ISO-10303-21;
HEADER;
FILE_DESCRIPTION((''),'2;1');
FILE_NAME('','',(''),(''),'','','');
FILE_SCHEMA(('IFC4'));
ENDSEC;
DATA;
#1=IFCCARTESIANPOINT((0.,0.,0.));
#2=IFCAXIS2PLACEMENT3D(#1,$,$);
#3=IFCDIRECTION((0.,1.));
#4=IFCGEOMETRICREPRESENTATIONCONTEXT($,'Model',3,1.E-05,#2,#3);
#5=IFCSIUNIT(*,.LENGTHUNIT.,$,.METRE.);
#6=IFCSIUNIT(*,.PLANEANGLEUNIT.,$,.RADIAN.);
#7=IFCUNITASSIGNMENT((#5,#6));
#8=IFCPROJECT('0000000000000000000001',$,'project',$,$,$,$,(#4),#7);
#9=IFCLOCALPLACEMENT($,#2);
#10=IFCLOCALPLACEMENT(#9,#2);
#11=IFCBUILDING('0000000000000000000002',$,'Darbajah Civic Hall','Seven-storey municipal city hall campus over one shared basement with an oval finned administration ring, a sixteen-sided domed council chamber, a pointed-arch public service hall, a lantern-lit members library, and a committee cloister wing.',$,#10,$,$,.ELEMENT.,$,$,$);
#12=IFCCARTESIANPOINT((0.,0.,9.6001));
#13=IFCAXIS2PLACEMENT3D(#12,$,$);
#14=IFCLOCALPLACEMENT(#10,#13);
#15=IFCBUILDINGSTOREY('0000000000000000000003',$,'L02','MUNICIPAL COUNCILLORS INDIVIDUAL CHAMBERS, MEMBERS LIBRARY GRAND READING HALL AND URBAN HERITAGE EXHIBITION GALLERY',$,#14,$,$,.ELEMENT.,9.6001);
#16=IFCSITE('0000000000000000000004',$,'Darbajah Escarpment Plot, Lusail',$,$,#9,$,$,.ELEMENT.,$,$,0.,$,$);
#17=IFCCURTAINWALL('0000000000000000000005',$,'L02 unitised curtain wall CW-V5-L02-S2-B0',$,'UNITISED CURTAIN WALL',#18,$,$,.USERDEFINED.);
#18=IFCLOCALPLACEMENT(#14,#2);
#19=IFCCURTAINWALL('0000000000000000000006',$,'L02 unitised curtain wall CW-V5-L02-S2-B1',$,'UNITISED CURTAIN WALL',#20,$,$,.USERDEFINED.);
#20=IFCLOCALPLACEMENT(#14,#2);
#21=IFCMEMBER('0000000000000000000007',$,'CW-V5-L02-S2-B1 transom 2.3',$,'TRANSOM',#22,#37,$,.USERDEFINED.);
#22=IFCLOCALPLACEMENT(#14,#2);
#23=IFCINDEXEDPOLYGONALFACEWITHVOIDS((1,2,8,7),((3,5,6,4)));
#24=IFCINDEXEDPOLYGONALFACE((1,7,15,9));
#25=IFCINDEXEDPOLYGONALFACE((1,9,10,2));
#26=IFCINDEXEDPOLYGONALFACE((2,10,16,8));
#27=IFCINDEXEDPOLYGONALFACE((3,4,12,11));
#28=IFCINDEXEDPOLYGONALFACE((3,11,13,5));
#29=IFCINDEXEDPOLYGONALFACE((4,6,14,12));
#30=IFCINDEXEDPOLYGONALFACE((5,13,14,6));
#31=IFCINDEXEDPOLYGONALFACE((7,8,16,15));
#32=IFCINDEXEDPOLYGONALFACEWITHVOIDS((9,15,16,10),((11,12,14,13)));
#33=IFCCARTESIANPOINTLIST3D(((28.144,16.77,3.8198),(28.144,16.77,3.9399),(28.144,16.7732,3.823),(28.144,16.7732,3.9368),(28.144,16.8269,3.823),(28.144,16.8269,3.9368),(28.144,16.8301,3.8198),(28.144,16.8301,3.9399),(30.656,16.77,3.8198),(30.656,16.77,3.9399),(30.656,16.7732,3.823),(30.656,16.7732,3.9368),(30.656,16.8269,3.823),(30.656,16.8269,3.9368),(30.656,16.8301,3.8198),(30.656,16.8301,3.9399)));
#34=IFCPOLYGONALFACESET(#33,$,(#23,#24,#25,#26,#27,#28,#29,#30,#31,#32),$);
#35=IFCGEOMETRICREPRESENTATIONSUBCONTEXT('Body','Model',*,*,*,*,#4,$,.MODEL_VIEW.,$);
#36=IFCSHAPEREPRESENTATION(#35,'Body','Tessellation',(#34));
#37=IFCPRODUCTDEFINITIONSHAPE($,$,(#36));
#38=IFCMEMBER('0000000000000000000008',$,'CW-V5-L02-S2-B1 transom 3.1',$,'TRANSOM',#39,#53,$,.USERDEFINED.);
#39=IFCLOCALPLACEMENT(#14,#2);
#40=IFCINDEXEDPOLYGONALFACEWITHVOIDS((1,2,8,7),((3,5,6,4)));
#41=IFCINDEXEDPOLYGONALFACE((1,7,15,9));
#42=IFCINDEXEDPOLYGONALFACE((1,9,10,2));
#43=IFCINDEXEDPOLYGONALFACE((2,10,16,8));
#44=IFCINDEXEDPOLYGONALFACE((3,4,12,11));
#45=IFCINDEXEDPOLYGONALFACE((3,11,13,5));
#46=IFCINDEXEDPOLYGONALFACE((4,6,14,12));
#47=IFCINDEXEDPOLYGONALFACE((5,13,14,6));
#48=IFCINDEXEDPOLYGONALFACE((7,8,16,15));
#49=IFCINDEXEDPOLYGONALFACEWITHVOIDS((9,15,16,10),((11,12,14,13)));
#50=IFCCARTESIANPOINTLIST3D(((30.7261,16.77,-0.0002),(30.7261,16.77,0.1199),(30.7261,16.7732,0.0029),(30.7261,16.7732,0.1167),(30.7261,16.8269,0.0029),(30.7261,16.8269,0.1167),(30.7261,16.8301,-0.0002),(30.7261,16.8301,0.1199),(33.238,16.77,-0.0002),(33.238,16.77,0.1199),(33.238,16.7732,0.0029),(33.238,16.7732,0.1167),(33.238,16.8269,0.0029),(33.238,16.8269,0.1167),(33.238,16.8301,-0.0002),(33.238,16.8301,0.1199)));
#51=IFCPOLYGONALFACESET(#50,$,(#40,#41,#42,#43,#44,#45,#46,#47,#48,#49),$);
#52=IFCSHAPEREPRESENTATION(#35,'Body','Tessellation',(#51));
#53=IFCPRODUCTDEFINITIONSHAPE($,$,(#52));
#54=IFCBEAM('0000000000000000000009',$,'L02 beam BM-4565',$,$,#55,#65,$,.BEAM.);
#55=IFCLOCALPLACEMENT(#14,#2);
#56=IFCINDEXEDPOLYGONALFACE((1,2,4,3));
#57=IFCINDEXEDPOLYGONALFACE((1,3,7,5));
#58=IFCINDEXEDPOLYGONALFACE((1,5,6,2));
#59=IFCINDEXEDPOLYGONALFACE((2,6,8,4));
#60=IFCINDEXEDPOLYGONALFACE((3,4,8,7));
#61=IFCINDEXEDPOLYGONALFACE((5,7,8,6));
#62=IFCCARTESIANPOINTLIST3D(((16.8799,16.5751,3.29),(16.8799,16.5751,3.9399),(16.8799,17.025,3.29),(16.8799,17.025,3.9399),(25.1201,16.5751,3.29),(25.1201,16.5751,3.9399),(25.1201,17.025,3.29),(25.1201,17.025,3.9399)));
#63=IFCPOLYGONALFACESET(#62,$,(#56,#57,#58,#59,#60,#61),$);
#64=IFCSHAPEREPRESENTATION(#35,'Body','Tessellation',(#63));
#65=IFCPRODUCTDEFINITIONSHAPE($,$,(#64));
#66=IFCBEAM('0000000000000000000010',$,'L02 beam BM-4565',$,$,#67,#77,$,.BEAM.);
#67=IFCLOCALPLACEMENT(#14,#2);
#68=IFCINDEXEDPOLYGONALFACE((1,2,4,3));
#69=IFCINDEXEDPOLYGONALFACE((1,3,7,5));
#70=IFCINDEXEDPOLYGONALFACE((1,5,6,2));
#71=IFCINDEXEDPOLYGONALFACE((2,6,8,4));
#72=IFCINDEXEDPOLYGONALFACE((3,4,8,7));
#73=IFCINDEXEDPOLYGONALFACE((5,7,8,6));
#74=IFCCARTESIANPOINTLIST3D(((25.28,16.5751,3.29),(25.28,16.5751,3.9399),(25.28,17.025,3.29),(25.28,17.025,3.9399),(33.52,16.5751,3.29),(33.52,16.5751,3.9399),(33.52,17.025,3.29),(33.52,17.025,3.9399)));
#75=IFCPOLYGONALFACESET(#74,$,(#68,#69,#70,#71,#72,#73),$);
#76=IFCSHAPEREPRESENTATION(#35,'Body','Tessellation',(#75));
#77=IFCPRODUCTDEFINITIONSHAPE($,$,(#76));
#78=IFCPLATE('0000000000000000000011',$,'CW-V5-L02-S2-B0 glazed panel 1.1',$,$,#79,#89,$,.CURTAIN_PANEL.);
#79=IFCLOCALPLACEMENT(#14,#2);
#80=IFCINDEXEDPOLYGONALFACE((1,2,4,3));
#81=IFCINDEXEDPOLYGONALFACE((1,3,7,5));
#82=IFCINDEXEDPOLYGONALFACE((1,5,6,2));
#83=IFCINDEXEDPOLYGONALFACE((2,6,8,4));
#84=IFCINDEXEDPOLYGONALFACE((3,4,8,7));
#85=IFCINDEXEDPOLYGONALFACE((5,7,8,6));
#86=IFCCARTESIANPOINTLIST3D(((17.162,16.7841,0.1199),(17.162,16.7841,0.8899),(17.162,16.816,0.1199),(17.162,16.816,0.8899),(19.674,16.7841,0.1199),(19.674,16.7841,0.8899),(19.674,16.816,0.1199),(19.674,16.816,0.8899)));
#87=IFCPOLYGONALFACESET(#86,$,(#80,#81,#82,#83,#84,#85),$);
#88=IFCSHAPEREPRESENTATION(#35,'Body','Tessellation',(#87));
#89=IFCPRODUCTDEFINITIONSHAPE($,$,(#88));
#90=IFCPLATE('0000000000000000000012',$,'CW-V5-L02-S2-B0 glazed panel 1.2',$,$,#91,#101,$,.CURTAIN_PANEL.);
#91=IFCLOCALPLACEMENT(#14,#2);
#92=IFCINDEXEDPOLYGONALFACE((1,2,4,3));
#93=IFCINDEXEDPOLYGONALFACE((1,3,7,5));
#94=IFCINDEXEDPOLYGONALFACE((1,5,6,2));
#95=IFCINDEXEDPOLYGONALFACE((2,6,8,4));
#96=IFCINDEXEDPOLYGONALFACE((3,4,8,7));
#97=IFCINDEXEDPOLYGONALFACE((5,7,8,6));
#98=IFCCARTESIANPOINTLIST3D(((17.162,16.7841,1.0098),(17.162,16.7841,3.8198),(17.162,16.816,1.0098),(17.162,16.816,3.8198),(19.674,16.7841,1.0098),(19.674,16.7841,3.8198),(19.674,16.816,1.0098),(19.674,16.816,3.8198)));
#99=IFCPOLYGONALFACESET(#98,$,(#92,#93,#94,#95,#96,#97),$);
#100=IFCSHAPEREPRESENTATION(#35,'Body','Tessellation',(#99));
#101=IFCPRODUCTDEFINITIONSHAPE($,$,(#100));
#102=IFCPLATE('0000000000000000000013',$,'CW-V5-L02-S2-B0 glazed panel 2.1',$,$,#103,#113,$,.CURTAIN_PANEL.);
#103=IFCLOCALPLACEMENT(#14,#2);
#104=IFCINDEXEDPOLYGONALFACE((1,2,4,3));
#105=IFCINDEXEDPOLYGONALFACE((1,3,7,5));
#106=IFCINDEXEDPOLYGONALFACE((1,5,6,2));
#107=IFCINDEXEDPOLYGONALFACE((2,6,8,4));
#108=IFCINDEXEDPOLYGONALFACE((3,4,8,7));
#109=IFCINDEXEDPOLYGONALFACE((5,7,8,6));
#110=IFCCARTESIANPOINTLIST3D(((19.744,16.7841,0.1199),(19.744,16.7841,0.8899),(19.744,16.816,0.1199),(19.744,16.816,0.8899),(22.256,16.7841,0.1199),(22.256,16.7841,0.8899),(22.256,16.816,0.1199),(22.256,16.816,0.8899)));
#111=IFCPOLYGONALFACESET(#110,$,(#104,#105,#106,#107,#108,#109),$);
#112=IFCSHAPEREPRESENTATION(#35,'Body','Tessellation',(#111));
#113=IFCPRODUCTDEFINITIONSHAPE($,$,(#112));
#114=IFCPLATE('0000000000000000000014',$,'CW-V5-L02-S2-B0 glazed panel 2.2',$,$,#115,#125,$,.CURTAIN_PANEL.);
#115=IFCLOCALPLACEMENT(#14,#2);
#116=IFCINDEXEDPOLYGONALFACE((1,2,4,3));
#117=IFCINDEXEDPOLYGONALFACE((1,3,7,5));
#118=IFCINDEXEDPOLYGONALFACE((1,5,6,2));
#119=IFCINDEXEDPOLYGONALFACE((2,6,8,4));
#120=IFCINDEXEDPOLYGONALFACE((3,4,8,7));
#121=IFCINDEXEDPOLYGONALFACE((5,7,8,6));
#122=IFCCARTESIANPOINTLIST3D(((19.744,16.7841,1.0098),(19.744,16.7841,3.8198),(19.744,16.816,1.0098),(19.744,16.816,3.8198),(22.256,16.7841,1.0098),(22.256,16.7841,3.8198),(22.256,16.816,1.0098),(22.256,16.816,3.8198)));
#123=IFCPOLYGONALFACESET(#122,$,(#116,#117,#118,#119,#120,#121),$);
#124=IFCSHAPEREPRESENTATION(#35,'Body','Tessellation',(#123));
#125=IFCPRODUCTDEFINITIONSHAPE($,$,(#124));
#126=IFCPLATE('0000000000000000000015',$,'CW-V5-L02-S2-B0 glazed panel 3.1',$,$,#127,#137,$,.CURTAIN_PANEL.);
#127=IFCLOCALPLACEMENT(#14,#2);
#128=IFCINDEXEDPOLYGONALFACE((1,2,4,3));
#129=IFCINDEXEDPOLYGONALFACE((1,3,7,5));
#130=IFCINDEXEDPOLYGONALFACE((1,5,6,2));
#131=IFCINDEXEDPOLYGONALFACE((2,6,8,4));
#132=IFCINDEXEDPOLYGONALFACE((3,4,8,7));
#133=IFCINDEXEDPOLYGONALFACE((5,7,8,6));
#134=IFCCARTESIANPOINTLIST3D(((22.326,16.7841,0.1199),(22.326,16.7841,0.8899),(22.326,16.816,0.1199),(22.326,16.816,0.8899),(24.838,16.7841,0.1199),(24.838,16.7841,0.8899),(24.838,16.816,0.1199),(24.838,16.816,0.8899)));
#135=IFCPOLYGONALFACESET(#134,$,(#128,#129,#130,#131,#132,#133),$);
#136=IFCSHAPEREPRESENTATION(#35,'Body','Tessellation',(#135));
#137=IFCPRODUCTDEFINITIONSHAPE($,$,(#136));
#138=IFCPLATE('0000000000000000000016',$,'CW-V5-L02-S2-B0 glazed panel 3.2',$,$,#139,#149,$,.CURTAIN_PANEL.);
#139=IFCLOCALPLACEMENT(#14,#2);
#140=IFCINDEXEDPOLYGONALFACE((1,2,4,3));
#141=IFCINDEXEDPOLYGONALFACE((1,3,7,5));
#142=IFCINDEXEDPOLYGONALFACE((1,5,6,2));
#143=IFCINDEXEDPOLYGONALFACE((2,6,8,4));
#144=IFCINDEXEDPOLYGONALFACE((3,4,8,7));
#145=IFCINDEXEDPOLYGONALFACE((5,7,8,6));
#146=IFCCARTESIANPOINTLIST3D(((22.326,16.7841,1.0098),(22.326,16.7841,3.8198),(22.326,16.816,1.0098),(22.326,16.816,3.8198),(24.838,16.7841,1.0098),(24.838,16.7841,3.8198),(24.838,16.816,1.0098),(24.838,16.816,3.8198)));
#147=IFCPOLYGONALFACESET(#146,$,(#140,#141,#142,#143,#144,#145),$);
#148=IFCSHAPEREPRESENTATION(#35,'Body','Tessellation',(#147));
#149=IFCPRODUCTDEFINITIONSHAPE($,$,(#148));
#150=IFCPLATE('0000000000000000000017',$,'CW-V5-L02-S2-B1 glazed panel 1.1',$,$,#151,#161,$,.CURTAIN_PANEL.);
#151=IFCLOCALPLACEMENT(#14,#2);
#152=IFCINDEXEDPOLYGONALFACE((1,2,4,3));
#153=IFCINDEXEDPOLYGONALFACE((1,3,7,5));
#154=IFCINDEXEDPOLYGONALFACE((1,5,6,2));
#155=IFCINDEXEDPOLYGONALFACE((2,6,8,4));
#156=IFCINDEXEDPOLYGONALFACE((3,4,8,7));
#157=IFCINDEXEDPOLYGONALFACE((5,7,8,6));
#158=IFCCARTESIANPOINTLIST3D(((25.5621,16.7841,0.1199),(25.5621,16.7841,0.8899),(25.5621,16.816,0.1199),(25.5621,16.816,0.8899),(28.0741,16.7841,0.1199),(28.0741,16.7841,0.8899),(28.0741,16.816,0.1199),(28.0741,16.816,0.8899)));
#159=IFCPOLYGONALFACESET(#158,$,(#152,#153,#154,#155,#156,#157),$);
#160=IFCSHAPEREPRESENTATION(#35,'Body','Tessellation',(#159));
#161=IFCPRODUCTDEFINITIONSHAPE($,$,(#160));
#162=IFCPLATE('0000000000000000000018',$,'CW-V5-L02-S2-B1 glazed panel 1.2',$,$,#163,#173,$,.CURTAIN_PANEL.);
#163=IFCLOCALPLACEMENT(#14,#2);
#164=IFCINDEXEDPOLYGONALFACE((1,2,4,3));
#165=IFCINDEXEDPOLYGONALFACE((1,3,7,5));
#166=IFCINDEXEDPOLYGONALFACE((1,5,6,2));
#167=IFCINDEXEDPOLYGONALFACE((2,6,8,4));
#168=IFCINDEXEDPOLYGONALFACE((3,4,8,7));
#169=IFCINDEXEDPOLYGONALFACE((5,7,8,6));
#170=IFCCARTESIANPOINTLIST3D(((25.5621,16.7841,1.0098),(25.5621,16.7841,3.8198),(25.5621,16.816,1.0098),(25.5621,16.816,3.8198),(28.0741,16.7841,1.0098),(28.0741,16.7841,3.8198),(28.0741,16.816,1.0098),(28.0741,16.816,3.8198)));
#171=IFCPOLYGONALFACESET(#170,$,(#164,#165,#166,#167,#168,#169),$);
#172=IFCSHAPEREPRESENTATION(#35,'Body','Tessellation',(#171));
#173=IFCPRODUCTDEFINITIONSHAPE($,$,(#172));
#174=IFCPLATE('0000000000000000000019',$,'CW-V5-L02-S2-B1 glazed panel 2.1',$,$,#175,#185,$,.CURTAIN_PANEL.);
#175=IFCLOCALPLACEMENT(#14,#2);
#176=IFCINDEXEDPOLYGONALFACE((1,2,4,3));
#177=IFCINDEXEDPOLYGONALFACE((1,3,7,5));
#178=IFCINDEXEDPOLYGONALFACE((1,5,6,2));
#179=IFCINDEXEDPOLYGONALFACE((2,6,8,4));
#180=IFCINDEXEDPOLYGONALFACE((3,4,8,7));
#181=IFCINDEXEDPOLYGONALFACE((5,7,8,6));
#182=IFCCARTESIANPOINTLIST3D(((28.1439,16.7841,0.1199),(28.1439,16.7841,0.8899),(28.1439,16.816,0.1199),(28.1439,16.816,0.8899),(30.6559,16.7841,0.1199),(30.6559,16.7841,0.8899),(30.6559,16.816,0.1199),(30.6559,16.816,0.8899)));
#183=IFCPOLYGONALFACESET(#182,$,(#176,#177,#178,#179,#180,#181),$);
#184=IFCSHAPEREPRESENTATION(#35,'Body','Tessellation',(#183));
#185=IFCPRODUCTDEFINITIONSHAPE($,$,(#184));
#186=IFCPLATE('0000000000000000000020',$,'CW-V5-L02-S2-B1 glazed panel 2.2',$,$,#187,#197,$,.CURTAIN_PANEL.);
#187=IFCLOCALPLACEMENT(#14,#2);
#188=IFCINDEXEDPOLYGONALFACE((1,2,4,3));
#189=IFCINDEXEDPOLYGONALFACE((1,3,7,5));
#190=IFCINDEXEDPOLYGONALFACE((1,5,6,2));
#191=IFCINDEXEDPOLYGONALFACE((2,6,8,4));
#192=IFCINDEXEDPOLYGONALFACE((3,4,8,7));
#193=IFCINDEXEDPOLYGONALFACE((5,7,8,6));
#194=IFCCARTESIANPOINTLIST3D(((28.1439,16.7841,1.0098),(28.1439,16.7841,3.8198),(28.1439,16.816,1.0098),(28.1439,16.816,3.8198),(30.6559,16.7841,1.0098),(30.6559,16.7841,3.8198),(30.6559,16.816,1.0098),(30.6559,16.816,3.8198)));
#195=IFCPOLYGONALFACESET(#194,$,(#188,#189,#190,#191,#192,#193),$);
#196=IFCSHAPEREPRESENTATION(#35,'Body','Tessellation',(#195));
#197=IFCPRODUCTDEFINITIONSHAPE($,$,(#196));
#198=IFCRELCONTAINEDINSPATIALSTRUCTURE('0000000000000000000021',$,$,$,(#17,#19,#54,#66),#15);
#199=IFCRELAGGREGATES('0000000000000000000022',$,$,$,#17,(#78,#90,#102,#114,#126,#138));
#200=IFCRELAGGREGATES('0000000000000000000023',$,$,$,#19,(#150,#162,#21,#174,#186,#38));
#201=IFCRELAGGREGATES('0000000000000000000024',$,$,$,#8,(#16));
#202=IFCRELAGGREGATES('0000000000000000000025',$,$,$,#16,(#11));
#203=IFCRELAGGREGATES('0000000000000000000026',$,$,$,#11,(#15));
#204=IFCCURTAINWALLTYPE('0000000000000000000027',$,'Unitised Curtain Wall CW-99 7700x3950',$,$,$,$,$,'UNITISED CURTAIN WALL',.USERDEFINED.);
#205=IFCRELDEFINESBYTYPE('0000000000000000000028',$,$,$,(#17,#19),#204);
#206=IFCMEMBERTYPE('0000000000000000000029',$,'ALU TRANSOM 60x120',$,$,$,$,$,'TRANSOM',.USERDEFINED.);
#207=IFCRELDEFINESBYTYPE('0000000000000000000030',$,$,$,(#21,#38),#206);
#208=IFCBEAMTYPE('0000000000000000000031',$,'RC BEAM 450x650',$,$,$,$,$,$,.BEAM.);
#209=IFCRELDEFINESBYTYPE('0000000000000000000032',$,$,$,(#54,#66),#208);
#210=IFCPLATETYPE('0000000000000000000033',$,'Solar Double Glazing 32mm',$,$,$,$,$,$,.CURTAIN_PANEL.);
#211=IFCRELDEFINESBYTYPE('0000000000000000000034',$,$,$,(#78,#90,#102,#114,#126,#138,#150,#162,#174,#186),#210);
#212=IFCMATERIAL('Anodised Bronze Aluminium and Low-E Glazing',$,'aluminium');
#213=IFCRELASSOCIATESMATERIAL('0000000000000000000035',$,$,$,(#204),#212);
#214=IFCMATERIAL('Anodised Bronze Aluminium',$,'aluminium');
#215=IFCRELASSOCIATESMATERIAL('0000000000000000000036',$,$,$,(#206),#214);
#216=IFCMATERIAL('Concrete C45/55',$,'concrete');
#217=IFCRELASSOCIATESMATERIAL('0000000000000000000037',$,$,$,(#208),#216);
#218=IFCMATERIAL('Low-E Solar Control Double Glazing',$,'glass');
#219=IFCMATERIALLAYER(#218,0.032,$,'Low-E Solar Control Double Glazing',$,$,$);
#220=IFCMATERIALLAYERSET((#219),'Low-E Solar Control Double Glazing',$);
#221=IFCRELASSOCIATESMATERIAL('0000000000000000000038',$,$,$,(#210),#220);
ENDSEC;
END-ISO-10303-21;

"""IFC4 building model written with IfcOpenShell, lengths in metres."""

from ifc_helpers import new_model, si_unit, direction, frame, origin, origin_2d, place, context, subcontext, project, spatial, rectangle, hollow_rectangle, extrude, material, layer, layer_set, material_profile, profile_set, type_object, element, aggregate, save


model = new_model("IFC4")

# Units and contexts
model_context = context("Model", 3, precision=1e-05, world=origin(), true_north=direction((0.0, 1.0)))
body_context = subcontext(model_context, "Body", "Model", "MODEL_VIEW")
ifc_project = project(units=[si_unit("LENGTHUNIT", "METRE"), si_unit("PLANEANGLEUNIT", "RADIAN")], contexts=[model_context])

# Site, building, storey
site_placement = place(None, origin())
site = spatial("IfcSite", under=ifc_project, at=site_placement, Name="Darbajah Escarpment Plot, Lusail", CompositionType="ELEMENT", RefElevation=0.0)
building_placement = place(site_placement, origin())
building = spatial("IfcBuilding", under=site, at=building_placement, Name="Darbajah Civic Hall", Description="Seven-storey municipal city hall campus over one shared basement with an oval finned administration ring, a sixteen-sided domed council chamber, a pointed-arch public service hall, a lantern-lit members library, and a committee cloister wing.", CompositionType="ELEMENT")
storey_placement = place(building_placement, frame((0.0, 0.0, 9.6001)))
storey = spatial("IfcBuildingStorey", under=building, at=storey_placement, Name="L02", Description="MUNICIPAL COUNCILLORS INDIVIDUAL CHAMBERS, MEMBERS LIBRARY GRAND READING HALL AND URBAN HERITAGE EXHIBITION GALLERY", CompositionType="ELEMENT", Elevation=9.6001)

# Shared definitions
ifc_material_1 = material(Name="Concrete C45/55", Category="concrete")

# Curtain walls
ifc_material_2 = material(Name="Anodised Bronze Aluminium and Low-E Glazing", Category="aluminium")
curtain_wall_type = type_object("IfcCurtainWallType", Name="Unitised Curtain Wall CW-99 7700x3950", ElementType="UNITISED CURTAIN WALL", PredefinedType="USERDEFINED", material=ifc_material_2)
curtain_wall_1_placement = place(storey_placement, origin())
curtain_wall_1 = element("IfcCurtainWall", 1, at=curtain_wall_1_placement, inside=storey, type_object=curtain_wall_type, Name="L02 unitised curtain wall CW-V5-L02-S2-B0", ObjectType="UNITISED CURTAIN WALL", PredefinedType="USERDEFINED")
ifc_material_3 = material(Name="Anodised Bronze Aluminium", Category="aluminium")
curtain_wall_2_placement = place(storey_placement, origin())
curtain_wall_2 = element("IfcCurtainWall", 2, at=curtain_wall_2_placement, inside=storey, type_object=curtain_wall_type, Name="L02 unitised curtain wall CW-V5-L02-S2-B1", ObjectType="UNITISED CURTAIN WALL", PredefinedType="USERDEFINED")

# Members
ifc_material_profile_1 = material_profile(ifc_material_3, hollow_rectangle(XDim=0.0601, YDim=0.1201, WallThickness=0.0032, at=origin_2d()), Name="ALU TRANSOM 60x120")
ifc_profile_set_1 = profile_set([ifc_material_profile_1], Name="Anodised Bronze Aluminium")
member_type_1 = type_object("IfcMemberType", Name="ALU TRANSOM 60x120", ElementType="TRANSOM", PredefinedType="USERDEFINED", material=ifc_profile_set_1)
member_1_placement = place(storey_placement, frame((28.144, 16.8, 3.8799), z_axis=(1.0, 0.0, 0.0), x_axis=(0.0, 1.0, 0.0)))
member_1 = element("IfcMember", 3, at=member_1_placement, type_object=member_type_1, Name="CW-V5-L02-S2-B1 transom 2.3", ObjectType="TRANSOM", PredefinedType="USERDEFINED", context=body_context, shape_type="SweptSolid", body=[
    extrude(hollow_rectangle(XDim=0.0601, YDim=0.1201, WallThickness=0.0032, at=origin_2d()), origin(), (0.0, 0.0, 1.0), 2.512),
])
member_2_placement = place(storey_placement, frame((30.7261, 16.8, 0.0598), z_axis=(1.0, 0.0, 0.0), x_axis=(0.0, 1.0, 0.0)))
member_2 = element("IfcMember", 4, at=member_2_placement, type_object=member_type_1, Name="CW-V5-L02-S2-B1 transom 3.1", ObjectType="TRANSOM", PredefinedType="USERDEFINED", context=body_context, shape_type="SweptSolid", body=[
    extrude(hollow_rectangle(XDim=0.0601, YDim=0.1201, WallThickness=0.0032, at=origin_2d()), origin(), (0.0, 0.0, 1.0), 2.512),
])

# Beams
ifc_material_profile_2 = material_profile(ifc_material_1, rectangle(XDim=0.45, YDim=0.6499, at=origin_2d()), Name="RC BEAM 450x650")
ifc_profile_set_2 = profile_set([ifc_material_profile_2], Name="Concrete C45/55")
beam_type = type_object("IfcBeamType", Name="RC BEAM 450x650", PredefinedType="BEAM", material=ifc_profile_set_2)
beam_1_placement = place(storey_placement, frame((16.8799, 16.8, 3.615), z_axis=(1.0, 0.0, 0.0), x_axis=(0.0, 1.0, 0.0)))
element("IfcBeam", 5, at=beam_1_placement, inside=storey, type_object=beam_type, Name="L02 beam BM-4565", PredefinedType="BEAM", context=body_context, shape_type="SweptSolid", body=[
    extrude(rectangle(XDim=0.45, YDim=0.6499, at=origin_2d()), origin(), (0.0, 0.0, 1.0), 8.2402),
])
beam_2_placement = place(storey_placement, frame((25.28, 16.8, 3.615), z_axis=(1.0, 0.0, 0.0), x_axis=(0.0, 1.0, 0.0)))
element("IfcBeam", 6, at=beam_2_placement, inside=storey, type_object=beam_type, Name="L02 beam BM-4565", PredefinedType="BEAM", context=body_context, shape_type="SweptSolid", body=[
    extrude(rectangle(XDim=0.45, YDim=0.6499, at=origin_2d()), origin(), (0.0, 0.0, 1.0), 8.24),
])

# Plates
ifc_material_4 = material(Name="Low-E Solar Control Double Glazing", Category="glass")
ifc_layer = layer(ifc_material_4, 0.032, Name="Low-E Solar Control Double Glazing")
ifc_layer_set = layer_set([ifc_layer], Name="Low-E Solar Control Double Glazing")
plate_type = type_object("IfcPlateType", Name="Solar Double Glazing 32mm", PredefinedType="CURTAIN_PANEL", material=ifc_layer_set)
plate_1_placement = place(storey_placement, frame((18.418, 16.8, 0.1199), z_axis=(0.0, 0.0, 1.0), x_axis=(1.0, 0.0, 0.0)))
plate_1 = element("IfcPlate", 7, at=plate_1_placement, type_object=plate_type, Name="CW-V5-L02-S2-B0 glazed panel 1.1", PredefinedType="CURTAIN_PANEL", context=body_context, shape_type="SweptSolid", body=[
    extrude(rectangle(XDim=2.512, YDim=0.032, at=origin_2d()), origin(), (0.0, 0.0, 1.0), 0.77),
])
plate_2_placement = place(storey_placement, frame((18.418, 16.8, 1.0098), z_axis=(0.0, 0.0, 1.0), x_axis=(1.0, 0.0, 0.0)))
plate_2 = element("IfcPlate", 8, at=plate_2_placement, type_object=plate_type, Name="CW-V5-L02-S2-B0 glazed panel 1.2", PredefinedType="CURTAIN_PANEL", context=body_context, shape_type="SweptSolid", body=[
    extrude(rectangle(XDim=2.512, YDim=0.032, at=origin_2d()), origin(), (0.0, 0.0, 1.0), 2.8101),
])
plate_3_placement = place(storey_placement, frame((21.0, 16.8, 0.1199), z_axis=(0.0, 0.0, 1.0), x_axis=(1.0, 0.0, 0.0)))
plate_3 = element("IfcPlate", 9, at=plate_3_placement, type_object=plate_type, Name="CW-V5-L02-S2-B0 glazed panel 2.1", PredefinedType="CURTAIN_PANEL", context=body_context, shape_type="SweptSolid", body=[
    extrude(rectangle(XDim=2.512, YDim=0.032, at=origin_2d()), origin(), (0.0, 0.0, 1.0), 0.77),
])
plate_4_placement = place(storey_placement, frame((21.0, 16.8, 1.0098), z_axis=(0.0, 0.0, 1.0), x_axis=(1.0, 0.0, 0.0)))
plate_4 = element("IfcPlate", 10, at=plate_4_placement, type_object=plate_type, Name="CW-V5-L02-S2-B0 glazed panel 2.2", PredefinedType="CURTAIN_PANEL", context=body_context, shape_type="SweptSolid", body=[
    extrude(rectangle(XDim=2.512, YDim=0.032, at=origin_2d()), origin(), (0.0, 0.0, 1.0), 2.8101),
])
plate_5_placement = place(storey_placement, frame((23.582, 16.8, 0.1199), z_axis=(0.0, 0.0, 1.0), x_axis=(1.0, 0.0, 0.0)))
plate_5 = element("IfcPlate", 11, at=plate_5_placement, type_object=plate_type, Name="CW-V5-L02-S2-B0 glazed panel 3.1", PredefinedType="CURTAIN_PANEL", context=body_context, shape_type="SweptSolid", body=[
    extrude(rectangle(XDim=2.512, YDim=0.032, at=origin_2d()), origin(), (0.0, 0.0, 1.0), 0.77),
])
plate_6_placement = place(storey_placement, frame((23.582, 16.8, 1.0098), z_axis=(0.0, 0.0, 1.0), x_axis=(1.0, 0.0, 0.0)))
plate_6 = element("IfcPlate", 12, at=plate_6_placement, type_object=plate_type, Name="CW-V5-L02-S2-B0 glazed panel 3.2", PredefinedType="CURTAIN_PANEL", context=body_context, shape_type="SweptSolid", body=[
    extrude(rectangle(XDim=2.512, YDim=0.032, at=origin_2d()), origin(), (0.0, 0.0, 1.0), 2.8101),
])
aggregate(curtain_wall_1, [plate_1, plate_2, plate_3, plate_4, plate_5, plate_6])
plate_7_placement = place(storey_placement, frame((26.8181, 16.8, 0.1199), z_axis=(0.0, 0.0, 1.0), x_axis=(1.0, 0.0, 0.0)))
plate_7 = element("IfcPlate", 13, at=plate_7_placement, type_object=plate_type, Name="CW-V5-L02-S2-B1 glazed panel 1.1", PredefinedType="CURTAIN_PANEL", context=body_context, shape_type="SweptSolid", body=[
    extrude(rectangle(XDim=2.512, YDim=0.032, at=origin_2d()), origin(), (0.0, 0.0, 1.0), 0.77),
])
plate_8_placement = place(storey_placement, frame((26.8181, 16.8, 1.0098), z_axis=(0.0, 0.0, 1.0), x_axis=(1.0, 0.0, 0.0)))
plate_8 = element("IfcPlate", 14, at=plate_8_placement, type_object=plate_type, Name="CW-V5-L02-S2-B1 glazed panel 1.2", PredefinedType="CURTAIN_PANEL", context=body_context, shape_type="SweptSolid", body=[
    extrude(rectangle(XDim=2.512, YDim=0.032, at=origin_2d()), origin(), (0.0, 0.0, 1.0), 2.8101),
])
plate_9_placement = place(storey_placement, frame((29.3999, 16.8, 0.1199), z_axis=(0.0, 0.0, 1.0), x_axis=(1.0, 0.0, 0.0)))
plate_9 = element("IfcPlate", 15, at=plate_9_placement, type_object=plate_type, Name="CW-V5-L02-S2-B1 glazed panel 2.1", PredefinedType="CURTAIN_PANEL", context=body_context, shape_type="SweptSolid", body=[
    extrude(rectangle(XDim=2.512, YDim=0.032, at=origin_2d()), origin(), (0.0, 0.0, 1.0), 0.77),
])
plate_10_placement = place(storey_placement, frame((29.3999, 16.8, 1.0098), z_axis=(0.0, 0.0, 1.0), x_axis=(1.0, 0.0, 0.0)))
plate_10 = element("IfcPlate", 16, at=plate_10_placement, type_object=plate_type, Name="CW-V5-L02-S2-B1 glazed panel 2.2", PredefinedType="CURTAIN_PANEL", context=body_context, shape_type="SweptSolid", body=[
    extrude(rectangle(XDim=2.512, YDim=0.032, at=origin_2d()), origin(), (0.0, 0.0, 1.0), 2.8101),
])
aggregate(curtain_wall_2, [plate_7, plate_8, member_1, plate_9, plate_10, member_2])

save(model, "model.ifc")
